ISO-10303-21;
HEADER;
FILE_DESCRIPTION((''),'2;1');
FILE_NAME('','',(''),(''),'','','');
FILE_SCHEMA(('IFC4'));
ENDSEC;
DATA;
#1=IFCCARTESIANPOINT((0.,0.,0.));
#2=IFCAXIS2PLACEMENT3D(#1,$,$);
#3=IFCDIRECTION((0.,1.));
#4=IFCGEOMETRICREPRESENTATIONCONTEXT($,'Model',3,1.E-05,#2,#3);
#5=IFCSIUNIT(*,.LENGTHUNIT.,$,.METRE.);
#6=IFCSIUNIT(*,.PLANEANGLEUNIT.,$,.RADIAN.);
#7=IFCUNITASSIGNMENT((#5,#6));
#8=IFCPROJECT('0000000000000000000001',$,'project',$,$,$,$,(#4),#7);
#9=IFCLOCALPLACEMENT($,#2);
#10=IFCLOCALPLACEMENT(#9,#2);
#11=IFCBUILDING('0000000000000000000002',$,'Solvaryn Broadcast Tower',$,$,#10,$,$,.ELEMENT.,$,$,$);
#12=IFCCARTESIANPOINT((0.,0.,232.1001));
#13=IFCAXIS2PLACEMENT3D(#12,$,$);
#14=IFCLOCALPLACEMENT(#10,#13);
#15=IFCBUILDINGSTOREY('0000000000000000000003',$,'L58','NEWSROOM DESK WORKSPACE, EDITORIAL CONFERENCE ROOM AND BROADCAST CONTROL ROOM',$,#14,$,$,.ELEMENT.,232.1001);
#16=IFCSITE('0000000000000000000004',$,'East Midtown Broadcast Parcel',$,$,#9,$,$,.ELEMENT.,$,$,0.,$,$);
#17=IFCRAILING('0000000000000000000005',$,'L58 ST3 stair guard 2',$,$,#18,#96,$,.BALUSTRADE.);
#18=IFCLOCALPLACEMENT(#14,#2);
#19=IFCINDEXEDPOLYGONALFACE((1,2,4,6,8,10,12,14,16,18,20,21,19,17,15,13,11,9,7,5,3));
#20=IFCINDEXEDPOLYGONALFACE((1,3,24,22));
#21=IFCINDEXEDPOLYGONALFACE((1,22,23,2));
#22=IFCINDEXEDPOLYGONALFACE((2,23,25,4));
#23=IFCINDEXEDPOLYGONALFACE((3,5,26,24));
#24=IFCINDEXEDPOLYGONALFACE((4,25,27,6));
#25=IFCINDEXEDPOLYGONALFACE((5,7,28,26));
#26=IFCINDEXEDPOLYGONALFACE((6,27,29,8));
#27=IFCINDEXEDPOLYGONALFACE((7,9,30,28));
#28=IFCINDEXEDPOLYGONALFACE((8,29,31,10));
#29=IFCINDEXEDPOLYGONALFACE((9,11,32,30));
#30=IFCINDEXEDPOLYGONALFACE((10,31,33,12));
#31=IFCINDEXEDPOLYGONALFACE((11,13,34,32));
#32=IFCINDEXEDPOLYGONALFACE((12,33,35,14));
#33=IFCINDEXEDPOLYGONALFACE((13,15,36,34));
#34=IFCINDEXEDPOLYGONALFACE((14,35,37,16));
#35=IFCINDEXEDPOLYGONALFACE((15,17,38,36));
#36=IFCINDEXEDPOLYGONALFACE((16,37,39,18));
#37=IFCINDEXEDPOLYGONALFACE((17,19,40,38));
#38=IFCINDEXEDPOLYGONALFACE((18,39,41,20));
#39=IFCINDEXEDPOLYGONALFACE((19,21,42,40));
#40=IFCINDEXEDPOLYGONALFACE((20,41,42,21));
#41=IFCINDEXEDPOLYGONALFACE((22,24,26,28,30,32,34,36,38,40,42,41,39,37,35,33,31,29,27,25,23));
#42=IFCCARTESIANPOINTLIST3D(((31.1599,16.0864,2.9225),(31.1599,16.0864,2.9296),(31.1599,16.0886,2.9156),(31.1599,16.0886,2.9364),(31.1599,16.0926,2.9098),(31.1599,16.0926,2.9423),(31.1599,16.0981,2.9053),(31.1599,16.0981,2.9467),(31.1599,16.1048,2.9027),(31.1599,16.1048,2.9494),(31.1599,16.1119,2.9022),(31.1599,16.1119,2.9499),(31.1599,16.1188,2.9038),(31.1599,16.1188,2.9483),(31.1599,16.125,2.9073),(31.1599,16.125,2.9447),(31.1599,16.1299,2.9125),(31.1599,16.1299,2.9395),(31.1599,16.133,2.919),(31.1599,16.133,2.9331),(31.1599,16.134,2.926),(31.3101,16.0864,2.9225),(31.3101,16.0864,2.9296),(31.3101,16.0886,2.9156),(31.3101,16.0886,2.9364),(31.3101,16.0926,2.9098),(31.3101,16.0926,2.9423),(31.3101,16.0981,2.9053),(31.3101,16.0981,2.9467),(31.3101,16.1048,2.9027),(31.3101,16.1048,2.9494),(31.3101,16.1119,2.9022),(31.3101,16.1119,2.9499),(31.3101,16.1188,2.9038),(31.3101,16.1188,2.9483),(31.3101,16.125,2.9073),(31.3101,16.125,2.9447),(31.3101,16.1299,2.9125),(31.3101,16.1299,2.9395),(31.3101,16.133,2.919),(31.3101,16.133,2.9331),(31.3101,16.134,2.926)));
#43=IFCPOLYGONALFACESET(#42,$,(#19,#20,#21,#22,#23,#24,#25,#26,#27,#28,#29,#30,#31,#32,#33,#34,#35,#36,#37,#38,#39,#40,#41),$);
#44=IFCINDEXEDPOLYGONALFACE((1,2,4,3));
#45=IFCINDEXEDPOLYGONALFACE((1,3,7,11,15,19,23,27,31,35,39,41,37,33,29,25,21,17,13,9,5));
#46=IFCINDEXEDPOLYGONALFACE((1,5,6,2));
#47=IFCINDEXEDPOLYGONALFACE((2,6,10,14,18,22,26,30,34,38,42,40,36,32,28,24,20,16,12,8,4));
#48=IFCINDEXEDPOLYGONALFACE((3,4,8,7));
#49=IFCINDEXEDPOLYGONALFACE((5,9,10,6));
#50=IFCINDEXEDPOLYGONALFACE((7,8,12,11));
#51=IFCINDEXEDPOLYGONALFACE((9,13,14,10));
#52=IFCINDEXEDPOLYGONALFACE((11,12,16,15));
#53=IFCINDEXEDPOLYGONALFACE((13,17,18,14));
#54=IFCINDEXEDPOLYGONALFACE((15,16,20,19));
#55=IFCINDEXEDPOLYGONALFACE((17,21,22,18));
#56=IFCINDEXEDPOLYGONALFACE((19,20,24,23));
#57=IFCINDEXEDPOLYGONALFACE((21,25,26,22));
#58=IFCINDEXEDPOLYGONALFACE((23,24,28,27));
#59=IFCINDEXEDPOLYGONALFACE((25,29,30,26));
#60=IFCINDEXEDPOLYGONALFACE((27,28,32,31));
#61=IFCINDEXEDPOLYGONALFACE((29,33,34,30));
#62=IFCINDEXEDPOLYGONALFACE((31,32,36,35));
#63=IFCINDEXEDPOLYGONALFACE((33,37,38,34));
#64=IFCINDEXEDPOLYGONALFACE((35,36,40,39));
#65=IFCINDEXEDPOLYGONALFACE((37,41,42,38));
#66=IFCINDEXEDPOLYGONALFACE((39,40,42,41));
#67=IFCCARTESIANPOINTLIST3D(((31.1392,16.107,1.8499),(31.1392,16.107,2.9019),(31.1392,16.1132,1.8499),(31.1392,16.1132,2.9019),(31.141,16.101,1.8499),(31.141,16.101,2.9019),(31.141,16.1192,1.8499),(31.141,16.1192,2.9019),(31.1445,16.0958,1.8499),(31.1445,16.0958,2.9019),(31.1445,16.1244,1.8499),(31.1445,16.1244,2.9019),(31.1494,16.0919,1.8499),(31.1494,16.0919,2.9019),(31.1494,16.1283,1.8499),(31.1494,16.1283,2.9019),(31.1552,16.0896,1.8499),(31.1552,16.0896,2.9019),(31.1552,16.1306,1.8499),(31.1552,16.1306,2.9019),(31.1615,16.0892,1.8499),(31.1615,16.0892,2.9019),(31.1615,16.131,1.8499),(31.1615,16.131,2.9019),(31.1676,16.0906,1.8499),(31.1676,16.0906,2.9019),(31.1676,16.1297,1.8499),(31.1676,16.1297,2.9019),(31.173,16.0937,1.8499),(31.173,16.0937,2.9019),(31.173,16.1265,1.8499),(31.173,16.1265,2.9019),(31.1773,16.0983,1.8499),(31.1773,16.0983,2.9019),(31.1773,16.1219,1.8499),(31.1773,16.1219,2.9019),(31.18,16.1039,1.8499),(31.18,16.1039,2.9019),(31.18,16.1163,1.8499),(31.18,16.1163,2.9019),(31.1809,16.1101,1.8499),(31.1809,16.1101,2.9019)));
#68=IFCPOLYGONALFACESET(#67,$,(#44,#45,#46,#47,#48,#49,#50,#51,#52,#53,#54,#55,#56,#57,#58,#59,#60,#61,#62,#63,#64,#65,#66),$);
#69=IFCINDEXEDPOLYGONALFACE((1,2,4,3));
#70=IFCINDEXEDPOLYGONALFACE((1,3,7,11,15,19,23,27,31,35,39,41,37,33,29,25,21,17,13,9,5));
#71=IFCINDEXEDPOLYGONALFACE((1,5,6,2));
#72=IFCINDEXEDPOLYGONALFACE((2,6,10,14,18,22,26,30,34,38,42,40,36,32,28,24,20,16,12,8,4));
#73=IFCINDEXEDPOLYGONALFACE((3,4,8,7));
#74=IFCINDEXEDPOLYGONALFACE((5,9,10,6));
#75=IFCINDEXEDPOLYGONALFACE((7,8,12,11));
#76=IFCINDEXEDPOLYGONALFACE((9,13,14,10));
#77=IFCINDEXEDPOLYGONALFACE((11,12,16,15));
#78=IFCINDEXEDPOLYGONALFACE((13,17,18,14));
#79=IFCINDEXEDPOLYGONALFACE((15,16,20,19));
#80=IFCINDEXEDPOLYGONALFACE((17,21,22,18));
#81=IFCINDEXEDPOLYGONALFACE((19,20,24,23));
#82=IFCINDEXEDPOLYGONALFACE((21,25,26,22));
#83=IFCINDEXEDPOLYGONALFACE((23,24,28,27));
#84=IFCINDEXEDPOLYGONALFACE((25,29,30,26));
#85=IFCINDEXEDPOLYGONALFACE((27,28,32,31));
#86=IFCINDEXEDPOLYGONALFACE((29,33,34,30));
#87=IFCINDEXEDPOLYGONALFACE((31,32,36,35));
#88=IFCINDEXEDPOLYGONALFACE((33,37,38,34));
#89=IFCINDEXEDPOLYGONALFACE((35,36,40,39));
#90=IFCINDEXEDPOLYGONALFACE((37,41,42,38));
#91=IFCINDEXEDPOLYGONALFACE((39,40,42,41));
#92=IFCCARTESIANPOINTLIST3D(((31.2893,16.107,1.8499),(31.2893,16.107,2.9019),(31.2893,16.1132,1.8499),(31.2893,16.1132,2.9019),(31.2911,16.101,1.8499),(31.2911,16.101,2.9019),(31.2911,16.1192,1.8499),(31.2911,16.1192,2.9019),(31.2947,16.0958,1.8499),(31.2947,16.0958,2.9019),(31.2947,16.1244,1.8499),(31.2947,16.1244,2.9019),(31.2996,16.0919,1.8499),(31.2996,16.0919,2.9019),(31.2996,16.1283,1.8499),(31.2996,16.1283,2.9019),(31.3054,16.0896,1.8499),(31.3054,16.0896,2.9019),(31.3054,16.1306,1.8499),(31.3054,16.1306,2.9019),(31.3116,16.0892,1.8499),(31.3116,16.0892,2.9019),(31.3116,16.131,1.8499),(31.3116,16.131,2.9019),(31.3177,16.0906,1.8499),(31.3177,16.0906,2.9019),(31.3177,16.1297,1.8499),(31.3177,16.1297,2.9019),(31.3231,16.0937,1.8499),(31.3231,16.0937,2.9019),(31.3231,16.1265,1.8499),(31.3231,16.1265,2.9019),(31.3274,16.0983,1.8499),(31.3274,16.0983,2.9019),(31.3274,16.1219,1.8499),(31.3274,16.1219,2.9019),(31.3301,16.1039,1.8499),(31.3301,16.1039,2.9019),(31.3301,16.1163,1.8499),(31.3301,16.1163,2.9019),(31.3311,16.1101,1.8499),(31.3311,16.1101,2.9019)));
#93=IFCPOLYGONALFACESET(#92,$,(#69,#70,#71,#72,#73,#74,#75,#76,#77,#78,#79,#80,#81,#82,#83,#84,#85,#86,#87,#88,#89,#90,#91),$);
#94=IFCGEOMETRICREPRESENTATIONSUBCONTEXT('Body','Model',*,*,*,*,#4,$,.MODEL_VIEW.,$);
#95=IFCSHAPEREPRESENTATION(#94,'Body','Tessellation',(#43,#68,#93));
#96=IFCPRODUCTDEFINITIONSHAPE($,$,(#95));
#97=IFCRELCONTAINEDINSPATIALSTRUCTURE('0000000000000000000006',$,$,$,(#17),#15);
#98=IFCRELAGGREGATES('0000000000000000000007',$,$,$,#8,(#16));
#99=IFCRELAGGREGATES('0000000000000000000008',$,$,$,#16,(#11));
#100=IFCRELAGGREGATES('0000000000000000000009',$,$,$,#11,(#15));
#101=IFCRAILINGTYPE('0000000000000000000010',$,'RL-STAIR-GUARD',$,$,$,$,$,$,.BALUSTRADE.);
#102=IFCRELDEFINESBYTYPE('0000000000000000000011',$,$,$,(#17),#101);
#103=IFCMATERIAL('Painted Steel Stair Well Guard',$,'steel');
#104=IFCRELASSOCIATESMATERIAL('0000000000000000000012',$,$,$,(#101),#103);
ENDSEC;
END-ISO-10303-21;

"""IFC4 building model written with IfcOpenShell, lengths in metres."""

from ifc_helpers import new_model, si_unit, direction, frame, origin, origin_2d, place, context, subcontext, project, spatial, circle, extrude, material, type_object, element, save


model = new_model("IFC4")

# Units and contexts
model_context = context("Model", 3, precision=1e-05, world=origin(), true_north=direction((0.0, 1.0)))
body_context = subcontext(model_context, "Body", "Model", "MODEL_VIEW")
ifc_project = project(units=[si_unit("LENGTHUNIT", "METRE"), si_unit("PLANEANGLEUNIT", "RADIAN")], contexts=[model_context])

# Site, building, storey
site_placement = place(None, origin())
site = spatial("IfcSite", under=ifc_project, at=site_placement, Name="East Midtown Broadcast Parcel", CompositionType="ELEMENT", RefElevation=0.0)
building_placement = place(site_placement, origin())
building = spatial("IfcBuilding", under=site, at=building_placement, Name="Solvaryn Broadcast Tower", CompositionType="ELEMENT")
storey_placement = place(building_placement, frame((0.0, 0.0, 232.1001)))
storey = spatial("IfcBuildingStorey", under=building, at=storey_placement, Name="L58", Description="NEWSROOM DESK WORKSPACE, EDITORIAL CONFERENCE ROOM AND BROADCAST CONTROL ROOM", CompositionType="ELEMENT", Elevation=232.1001)

# Railing
ifc_material_1 = material(Name="Painted Steel Stair Well Guard", Category="steel")
railing_type_1 = type_object("IfcRailingType", Name="RL-STAIR-GUARD", PredefinedType="BALUSTRADE", material=ifc_material_1)
railing_1_placement = place(storey_placement, frame((31.1599, 16.1101, 1.8499)))
element("IfcRailing", 1, at=railing_1_placement, inside=storey, type_object=railing_type_1, Name="L58 ST3 stair guard 2", PredefinedType="BALUSTRADE", context=body_context, shape_type="SweptSolid", body=[
    extrude(circle(Radius=0.0239, at=origin_2d()), frame((0.0, 0.0, 1.0762), z_axis=(1.0, 0.0, 0.0), x_axis=(0.0, 1.0, 0.0)), (0.0, 0.0, 1.0), 0.1501),
    extrude(circle(Radius=0.021, at=origin_2d()), origin(), (0.0, 0.0, 1.0), 1.052),
    extrude(circle(Radius=0.021, at=origin_2d()), frame((0.1501, 0.0, 0.0)), (0.0, 0.0, 1.0), 1.052),
])

save(model, "model.ifc")
